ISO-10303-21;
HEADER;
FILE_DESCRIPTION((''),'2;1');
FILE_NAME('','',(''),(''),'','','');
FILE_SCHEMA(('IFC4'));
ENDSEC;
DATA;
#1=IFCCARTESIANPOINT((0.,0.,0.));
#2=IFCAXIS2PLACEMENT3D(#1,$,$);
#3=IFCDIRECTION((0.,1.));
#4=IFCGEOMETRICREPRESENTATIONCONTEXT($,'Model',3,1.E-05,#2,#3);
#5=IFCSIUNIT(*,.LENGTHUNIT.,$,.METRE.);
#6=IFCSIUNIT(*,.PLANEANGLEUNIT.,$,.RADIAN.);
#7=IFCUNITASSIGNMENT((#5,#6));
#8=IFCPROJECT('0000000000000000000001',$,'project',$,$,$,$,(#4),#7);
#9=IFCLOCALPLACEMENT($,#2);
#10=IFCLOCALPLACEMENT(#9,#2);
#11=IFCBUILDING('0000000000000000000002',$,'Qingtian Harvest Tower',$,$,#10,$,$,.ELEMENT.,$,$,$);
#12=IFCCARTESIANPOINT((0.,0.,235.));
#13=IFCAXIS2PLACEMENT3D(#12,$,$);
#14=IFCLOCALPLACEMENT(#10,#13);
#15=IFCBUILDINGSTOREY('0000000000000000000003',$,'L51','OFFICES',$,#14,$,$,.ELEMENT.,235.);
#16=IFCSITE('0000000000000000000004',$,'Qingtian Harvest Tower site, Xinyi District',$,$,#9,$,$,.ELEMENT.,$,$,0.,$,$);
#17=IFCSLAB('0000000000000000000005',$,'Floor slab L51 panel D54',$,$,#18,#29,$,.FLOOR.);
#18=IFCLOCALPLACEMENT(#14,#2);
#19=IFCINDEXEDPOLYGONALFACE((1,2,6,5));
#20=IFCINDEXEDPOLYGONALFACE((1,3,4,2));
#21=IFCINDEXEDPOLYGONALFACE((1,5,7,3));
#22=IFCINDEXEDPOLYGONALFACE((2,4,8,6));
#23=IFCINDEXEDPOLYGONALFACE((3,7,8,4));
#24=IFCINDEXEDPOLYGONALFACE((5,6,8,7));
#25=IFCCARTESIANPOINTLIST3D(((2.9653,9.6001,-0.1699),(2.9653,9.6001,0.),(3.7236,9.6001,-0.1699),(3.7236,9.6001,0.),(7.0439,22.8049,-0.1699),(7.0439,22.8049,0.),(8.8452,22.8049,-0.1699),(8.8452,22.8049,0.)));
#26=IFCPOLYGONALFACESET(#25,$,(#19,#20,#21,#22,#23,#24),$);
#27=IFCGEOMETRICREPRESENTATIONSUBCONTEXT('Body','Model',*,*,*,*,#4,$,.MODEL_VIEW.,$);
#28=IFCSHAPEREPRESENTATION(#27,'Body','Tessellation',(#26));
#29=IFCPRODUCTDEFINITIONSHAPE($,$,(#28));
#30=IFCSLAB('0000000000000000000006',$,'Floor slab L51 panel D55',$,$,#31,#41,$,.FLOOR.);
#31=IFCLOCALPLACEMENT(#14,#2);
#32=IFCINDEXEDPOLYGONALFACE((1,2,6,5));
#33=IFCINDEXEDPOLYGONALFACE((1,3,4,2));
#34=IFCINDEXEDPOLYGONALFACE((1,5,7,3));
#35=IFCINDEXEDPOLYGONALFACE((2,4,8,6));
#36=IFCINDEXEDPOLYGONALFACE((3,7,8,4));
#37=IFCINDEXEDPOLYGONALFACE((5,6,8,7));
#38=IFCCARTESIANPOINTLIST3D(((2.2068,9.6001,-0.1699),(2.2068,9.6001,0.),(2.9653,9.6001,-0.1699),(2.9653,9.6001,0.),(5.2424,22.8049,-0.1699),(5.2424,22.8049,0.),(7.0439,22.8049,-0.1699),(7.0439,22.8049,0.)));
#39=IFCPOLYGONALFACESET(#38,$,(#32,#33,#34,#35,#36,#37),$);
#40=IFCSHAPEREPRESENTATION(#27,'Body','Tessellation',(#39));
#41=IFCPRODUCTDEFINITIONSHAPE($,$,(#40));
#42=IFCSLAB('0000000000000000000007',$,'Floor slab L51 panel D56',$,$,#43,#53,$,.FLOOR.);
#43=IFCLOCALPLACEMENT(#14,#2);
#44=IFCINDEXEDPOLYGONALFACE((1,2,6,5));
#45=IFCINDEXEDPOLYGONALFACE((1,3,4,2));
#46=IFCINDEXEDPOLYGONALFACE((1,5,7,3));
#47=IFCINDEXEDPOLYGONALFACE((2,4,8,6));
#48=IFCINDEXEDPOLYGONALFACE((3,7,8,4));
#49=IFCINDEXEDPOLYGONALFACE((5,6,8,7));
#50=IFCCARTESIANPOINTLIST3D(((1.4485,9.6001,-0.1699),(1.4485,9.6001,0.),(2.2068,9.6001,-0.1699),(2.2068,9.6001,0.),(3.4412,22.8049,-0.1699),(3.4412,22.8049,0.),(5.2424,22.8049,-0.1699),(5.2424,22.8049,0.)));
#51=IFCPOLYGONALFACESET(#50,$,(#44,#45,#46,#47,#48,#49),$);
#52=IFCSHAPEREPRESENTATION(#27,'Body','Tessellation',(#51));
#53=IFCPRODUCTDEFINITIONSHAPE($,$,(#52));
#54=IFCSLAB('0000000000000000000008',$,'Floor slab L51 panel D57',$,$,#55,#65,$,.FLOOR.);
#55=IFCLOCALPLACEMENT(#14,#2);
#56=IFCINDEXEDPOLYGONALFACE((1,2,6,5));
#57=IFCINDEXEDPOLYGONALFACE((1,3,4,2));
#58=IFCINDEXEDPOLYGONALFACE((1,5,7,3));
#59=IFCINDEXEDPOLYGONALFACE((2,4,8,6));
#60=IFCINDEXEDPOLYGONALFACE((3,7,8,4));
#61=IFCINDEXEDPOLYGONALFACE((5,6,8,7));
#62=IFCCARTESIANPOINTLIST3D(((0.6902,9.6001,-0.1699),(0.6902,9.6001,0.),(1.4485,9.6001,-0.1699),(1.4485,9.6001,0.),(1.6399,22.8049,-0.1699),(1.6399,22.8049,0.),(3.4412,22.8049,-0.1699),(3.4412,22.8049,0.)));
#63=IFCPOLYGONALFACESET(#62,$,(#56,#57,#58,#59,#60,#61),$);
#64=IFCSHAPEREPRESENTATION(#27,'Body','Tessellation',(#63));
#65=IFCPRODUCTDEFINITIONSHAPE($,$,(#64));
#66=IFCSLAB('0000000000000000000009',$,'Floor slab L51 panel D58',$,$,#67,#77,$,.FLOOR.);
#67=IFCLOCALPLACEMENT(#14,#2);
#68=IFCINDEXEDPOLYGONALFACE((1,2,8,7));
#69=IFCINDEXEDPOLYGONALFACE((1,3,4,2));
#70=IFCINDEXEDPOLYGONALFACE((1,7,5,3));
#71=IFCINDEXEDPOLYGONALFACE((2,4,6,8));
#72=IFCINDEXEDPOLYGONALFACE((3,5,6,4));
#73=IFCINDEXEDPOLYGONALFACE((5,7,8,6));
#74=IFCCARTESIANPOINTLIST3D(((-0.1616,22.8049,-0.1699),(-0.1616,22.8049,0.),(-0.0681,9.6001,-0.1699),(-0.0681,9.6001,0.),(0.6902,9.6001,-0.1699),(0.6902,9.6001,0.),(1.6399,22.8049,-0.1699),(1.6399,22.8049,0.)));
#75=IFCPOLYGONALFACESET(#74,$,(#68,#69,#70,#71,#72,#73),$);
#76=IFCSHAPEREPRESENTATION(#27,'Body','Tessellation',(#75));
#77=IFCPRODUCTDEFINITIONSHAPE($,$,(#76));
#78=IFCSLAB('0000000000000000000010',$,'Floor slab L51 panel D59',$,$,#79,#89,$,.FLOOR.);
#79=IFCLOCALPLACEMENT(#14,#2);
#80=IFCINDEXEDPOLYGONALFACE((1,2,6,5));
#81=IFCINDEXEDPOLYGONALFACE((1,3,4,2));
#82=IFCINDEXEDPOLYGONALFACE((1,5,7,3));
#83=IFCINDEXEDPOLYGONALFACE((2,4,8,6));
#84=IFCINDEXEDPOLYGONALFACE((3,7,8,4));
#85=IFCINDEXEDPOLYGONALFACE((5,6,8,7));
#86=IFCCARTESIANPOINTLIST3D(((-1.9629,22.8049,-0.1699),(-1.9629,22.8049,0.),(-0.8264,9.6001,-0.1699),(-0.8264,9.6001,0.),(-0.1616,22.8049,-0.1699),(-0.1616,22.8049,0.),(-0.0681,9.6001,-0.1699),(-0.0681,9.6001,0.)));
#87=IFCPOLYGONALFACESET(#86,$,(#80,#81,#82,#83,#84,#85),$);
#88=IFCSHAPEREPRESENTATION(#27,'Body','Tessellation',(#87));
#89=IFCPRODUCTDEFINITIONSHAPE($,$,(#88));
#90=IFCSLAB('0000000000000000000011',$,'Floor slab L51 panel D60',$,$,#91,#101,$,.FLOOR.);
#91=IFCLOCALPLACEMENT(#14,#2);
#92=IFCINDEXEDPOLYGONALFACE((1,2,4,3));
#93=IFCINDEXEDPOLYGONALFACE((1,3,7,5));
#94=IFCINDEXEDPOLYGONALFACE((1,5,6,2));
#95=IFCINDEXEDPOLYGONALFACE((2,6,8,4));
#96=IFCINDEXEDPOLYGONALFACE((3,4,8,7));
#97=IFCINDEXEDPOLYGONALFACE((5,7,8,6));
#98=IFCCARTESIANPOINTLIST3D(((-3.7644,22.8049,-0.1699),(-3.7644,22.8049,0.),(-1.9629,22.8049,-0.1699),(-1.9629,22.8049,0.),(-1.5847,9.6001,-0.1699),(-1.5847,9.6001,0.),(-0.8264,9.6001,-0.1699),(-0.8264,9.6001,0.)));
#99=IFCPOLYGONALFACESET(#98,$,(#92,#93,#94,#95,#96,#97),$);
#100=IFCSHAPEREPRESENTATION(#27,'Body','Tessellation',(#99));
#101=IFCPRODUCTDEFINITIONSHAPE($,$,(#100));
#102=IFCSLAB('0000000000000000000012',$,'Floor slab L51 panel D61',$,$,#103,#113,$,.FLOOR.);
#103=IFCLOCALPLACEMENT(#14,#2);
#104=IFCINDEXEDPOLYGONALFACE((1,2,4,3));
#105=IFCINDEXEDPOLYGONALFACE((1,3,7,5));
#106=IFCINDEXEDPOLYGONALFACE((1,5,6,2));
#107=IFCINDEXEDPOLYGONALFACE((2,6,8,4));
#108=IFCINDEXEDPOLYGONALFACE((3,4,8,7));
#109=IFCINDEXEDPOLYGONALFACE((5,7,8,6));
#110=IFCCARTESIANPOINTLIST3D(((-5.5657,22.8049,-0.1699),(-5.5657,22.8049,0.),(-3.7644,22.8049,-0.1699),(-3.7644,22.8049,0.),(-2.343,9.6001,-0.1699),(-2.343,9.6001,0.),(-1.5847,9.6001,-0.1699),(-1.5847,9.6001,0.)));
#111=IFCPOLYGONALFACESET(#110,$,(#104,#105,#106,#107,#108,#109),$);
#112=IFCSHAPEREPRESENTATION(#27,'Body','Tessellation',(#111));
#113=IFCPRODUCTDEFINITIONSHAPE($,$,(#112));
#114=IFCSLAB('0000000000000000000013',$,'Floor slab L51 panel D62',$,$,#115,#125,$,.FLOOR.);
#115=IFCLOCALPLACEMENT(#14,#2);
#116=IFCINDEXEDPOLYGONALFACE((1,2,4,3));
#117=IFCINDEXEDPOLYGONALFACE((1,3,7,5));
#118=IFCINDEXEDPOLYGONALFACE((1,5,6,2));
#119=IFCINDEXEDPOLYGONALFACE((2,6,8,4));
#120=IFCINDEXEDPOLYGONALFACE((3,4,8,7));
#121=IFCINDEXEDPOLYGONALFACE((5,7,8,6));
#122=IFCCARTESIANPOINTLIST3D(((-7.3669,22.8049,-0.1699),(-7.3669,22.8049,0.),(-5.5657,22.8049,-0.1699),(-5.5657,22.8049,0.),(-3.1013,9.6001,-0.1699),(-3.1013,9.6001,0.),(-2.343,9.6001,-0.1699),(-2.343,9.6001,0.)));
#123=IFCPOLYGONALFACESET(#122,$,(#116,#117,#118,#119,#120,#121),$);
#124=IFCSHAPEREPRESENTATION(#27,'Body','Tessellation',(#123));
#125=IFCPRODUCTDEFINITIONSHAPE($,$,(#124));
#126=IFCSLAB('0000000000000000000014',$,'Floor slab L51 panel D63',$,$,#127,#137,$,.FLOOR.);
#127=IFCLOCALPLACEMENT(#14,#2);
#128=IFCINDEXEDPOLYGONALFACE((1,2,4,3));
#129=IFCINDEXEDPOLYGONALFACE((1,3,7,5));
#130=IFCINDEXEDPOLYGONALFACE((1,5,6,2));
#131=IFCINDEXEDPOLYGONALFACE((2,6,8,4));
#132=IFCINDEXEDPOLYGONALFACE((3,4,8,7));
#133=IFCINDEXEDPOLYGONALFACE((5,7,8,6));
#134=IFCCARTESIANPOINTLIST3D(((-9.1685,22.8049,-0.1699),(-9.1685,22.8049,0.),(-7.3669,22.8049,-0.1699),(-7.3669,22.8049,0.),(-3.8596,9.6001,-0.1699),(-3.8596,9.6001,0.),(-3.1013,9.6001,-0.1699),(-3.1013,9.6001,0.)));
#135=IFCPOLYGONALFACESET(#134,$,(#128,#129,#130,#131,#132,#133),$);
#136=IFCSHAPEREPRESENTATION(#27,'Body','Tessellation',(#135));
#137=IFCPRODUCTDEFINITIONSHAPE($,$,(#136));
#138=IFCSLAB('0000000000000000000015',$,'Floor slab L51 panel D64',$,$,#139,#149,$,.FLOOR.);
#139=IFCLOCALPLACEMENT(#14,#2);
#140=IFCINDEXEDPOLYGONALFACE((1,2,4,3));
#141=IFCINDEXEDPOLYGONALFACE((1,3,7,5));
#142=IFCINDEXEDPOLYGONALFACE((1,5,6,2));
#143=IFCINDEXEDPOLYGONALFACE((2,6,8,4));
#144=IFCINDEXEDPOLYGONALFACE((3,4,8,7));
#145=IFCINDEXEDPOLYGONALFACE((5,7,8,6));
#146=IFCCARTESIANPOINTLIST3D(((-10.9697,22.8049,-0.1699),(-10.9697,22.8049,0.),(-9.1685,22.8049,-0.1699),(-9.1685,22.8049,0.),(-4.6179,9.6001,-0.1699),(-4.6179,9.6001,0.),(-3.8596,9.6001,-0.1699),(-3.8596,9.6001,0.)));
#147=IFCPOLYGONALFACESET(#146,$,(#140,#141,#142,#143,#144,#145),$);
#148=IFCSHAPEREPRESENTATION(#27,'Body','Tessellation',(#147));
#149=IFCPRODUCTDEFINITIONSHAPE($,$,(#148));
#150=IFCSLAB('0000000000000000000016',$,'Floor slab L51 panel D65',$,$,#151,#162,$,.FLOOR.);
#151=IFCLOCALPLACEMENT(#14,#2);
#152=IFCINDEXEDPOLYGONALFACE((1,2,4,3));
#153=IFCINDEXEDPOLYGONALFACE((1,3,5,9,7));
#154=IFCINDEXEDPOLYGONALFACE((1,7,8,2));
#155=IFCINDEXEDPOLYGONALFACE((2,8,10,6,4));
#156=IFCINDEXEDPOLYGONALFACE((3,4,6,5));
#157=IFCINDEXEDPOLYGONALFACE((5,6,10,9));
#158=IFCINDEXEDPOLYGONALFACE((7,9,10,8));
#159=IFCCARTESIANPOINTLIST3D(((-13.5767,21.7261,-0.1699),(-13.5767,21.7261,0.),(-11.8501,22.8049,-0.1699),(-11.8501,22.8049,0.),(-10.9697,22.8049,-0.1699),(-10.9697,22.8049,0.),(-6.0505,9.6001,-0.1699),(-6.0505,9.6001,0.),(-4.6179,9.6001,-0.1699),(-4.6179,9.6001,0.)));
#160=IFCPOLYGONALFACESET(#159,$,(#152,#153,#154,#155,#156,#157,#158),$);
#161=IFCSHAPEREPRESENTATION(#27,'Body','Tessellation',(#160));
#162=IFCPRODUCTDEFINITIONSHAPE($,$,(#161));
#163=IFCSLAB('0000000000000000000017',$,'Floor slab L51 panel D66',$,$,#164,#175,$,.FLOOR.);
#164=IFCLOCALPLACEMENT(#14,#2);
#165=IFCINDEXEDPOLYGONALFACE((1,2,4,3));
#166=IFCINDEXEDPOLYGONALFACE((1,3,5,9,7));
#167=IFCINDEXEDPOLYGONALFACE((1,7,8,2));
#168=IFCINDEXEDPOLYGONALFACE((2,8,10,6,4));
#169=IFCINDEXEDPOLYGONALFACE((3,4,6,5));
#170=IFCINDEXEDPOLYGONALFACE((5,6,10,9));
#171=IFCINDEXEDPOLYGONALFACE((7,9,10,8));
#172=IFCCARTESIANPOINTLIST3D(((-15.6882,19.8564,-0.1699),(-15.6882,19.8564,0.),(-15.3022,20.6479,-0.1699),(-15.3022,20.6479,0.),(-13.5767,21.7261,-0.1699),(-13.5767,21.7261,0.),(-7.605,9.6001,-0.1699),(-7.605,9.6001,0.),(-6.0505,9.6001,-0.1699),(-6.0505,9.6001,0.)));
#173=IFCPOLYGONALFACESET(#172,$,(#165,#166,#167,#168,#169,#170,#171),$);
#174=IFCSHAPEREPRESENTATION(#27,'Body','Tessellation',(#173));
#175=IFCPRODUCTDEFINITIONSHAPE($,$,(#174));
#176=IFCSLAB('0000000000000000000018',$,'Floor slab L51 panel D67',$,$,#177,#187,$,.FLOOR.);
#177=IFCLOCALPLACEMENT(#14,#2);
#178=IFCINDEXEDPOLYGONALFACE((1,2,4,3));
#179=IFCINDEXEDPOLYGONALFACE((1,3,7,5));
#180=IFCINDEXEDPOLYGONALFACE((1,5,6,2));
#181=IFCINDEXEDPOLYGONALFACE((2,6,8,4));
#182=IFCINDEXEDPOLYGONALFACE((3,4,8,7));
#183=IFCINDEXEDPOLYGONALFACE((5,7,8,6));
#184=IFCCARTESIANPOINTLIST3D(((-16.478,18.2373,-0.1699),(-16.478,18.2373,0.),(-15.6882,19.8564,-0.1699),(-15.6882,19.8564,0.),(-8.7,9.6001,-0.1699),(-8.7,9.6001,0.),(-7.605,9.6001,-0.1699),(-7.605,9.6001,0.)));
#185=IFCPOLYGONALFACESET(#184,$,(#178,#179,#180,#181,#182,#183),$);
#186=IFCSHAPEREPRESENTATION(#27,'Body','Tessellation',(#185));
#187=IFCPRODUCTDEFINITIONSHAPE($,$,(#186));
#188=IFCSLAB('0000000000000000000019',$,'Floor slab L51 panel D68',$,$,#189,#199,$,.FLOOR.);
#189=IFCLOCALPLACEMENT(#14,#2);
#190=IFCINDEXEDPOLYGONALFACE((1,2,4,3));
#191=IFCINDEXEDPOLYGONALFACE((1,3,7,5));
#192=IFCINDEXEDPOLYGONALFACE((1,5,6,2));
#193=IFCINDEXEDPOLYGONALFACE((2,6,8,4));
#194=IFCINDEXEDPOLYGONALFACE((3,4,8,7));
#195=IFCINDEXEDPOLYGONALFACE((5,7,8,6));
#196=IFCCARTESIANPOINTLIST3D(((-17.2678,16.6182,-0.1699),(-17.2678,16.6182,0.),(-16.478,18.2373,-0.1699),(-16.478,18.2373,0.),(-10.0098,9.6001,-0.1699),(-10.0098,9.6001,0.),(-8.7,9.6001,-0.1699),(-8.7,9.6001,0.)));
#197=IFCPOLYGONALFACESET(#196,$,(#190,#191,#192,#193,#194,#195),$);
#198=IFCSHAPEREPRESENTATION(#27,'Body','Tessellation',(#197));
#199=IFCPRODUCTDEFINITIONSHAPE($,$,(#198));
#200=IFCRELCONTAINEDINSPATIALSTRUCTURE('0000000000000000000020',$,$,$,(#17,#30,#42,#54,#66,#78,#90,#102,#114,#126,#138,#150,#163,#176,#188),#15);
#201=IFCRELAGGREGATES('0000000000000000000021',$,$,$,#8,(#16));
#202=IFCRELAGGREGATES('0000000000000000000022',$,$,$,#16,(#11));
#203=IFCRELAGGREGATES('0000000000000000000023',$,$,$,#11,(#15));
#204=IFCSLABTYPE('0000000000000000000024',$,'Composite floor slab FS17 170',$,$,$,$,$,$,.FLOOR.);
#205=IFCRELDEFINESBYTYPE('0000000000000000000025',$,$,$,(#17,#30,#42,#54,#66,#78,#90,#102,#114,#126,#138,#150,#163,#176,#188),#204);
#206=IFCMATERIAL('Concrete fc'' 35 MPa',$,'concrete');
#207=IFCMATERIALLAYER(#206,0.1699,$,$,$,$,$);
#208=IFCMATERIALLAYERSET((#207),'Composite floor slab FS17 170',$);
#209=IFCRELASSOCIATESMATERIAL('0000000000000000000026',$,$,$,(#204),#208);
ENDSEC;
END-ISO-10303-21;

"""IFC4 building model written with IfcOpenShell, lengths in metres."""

from ifc_helpers import new_model, si_unit, direction, frame, origin, place, context, subcontext, project, spatial, polyline, outline, extrude, material, layer, layer_set, type_object, element, save


model = new_model("IFC4")

# Units and contexts
model_context = context("Model", 3, precision=1e-05, world=origin(), true_north=direction((0.0, 1.0)))
body_context = subcontext(model_context, "Body", "Model", "MODEL_VIEW")
ifc_project = project(units=[si_unit("LENGTHUNIT", "METRE"), si_unit("PLANEANGLEUNIT", "RADIAN")], contexts=[model_context])

# Site, building, storey
site_placement = place(None, origin())
site = spatial("IfcSite", under=ifc_project, at=site_placement, Name="Qingtian Harvest Tower site, Xinyi District", CompositionType="ELEMENT", RefElevation=0.0)
building_placement = place(site_placement, origin())
building = spatial("IfcBuilding", under=site, at=building_placement, Name="Qingtian Harvest Tower", CompositionType="ELEMENT")
storey_placement = place(building_placement, frame((0.0, 0.0, 235.0)))
storey = spatial("IfcBuildingStorey", under=building, at=storey_placement, Name="L51", Description="OFFICES", CompositionType="ELEMENT", Elevation=235.0)

# Slabs
ifc_material_1 = material(Name="Concrete fc' 35 MPa", Category="concrete")
ifc_layer_1 = layer(ifc_material_1, 0.1699)
ifc_layer_set_1 = layer_set([ifc_layer_1], Name="Composite floor slab FS17 170")
slab_type = type_object("IfcSlabType", Name="Composite floor slab FS17 170", PredefinedType="FLOOR", material=ifc_layer_set_1)
slab_1_placement = place(storey_placement, frame((0.0, 0.0, -0.1699)))
element("IfcSlab", 1, at=slab_1_placement, inside=storey, type_object=slab_type, Name="Floor slab L51 panel D54", PredefinedType="FLOOR", context=body_context, shape_type="SweptSolid", body=[
    extrude(outline(polyline([(2.9653, 9.6001), (7.0439, 22.8049), (8.8452, 22.8049), (3.7236, 9.6001), (2.9653, 9.6001)])), origin(), (0.0, 0.0, 1.0), 0.1699),
])
slab_2_placement = place(storey_placement, frame((0.0, 0.0, -0.1699)))
element("IfcSlab", 2, at=slab_2_placement, inside=storey, type_object=slab_type, Name="Floor slab L51 panel D55", PredefinedType="FLOOR", context=body_context, shape_type="SweptSolid", body=[
    extrude(outline(polyline([(2.2068, 9.6001), (5.2424, 22.8049), (7.0439, 22.8049), (2.9653, 9.6001), (2.2068, 9.6001)])), origin(), (0.0, 0.0, 1.0), 0.1699),
])
slab_3_placement = place(storey_placement, frame((0.0, 0.0, -0.1699)))
element("IfcSlab", 3, at=slab_3_placement, inside=storey, type_object=slab_type, Name="Floor slab L51 panel D56", PredefinedType="FLOOR", context=body_context, shape_type="SweptSolid", body=[
    extrude(outline(polyline([(1.4485, 9.6001), (3.4412, 22.8049), (5.2424, 22.8049), (2.2068, 9.6001), (1.4485, 9.6001)])), origin(), (0.0, 0.0, 1.0), 0.1699),
])
slab_4_placement = place(storey_placement, frame((0.0, 0.0, -0.1699)))
element("IfcSlab", 4, at=slab_4_placement, inside=storey, type_object=slab_type, Name="Floor slab L51 panel D57", PredefinedType="FLOOR", context=body_context, shape_type="SweptSolid", body=[
    extrude(outline(polyline([(0.6902, 9.6001), (1.6399, 22.8049), (3.4412, 22.8049), (1.4485, 9.6001), (0.6902, 9.6001)])), origin(), (0.0, 0.0, 1.0), 0.1699),
])
slab_5_placement = place(storey_placement, frame((0.0, 0.0, -0.1699)))
element("IfcSlab", 5, at=slab_5_placement, inside=storey, type_object=slab_type, Name="Floor slab L51 panel D58", PredefinedType="FLOOR", context=body_context, shape_type="SweptSolid", body=[
    extrude(outline(polyline([(-0.0681, 9.6001), (-0.1616, 22.8049), (1.6399, 22.8049), (0.6902, 9.6001), (-0.0681, 9.6001)])), origin(), (0.0, 0.0, 1.0), 0.1699),
])
slab_6_placement = place(storey_placement, frame((0.0, 0.0, -0.1699)))
element("IfcSlab", 6, at=slab_6_placement, inside=storey, type_object=slab_type, Name="Floor slab L51 panel D59", PredefinedType="FLOOR", context=body_context, shape_type="SweptSolid", body=[
    extrude(outline(polyline([(-0.8264, 9.6001), (-1.9629, 22.8049), (-0.1616, 22.8049), (-0.0681, 9.6001), (-0.8264, 9.6001)])), origin(), (0.0, 0.0, 1.0), 0.1699),
])
slab_7_placement = place(storey_placement, frame((0.0, 0.0, -0.1699)))
element("IfcSlab", 7, at=slab_7_placement, inside=storey, type_object=slab_type, Name="Floor slab L51 panel D60", PredefinedType="FLOOR", context=body_context, shape_type="SweptSolid", body=[
    extrude(outline(polyline([(-1.5847, 9.6001), (-3.7644, 22.8049), (-1.9629, 22.8049), (-0.8264, 9.6001), (-1.5847, 9.6001)])), origin(), (0.0, 0.0, 1.0), 0.1699),
])
slab_8_placement = place(storey_placement, frame((0.0, 0.0, -0.1699)))
element("IfcSlab", 8, at=slab_8_placement, inside=storey, type_object=slab_type, Name="Floor slab L51 panel D61", PredefinedType="FLOOR", context=body_context, shape_type="SweptSolid", body=[
    extrude(outline(polyline([(-2.343, 9.6001), (-5.5657, 22.8049), (-3.7644, 22.8049), (-1.5847, 9.6001), (-2.343, 9.6001)])), origin(), (0.0, 0.0, 1.0), 0.1699),
])
slab_9_placement = place(storey_placement, frame((0.0, 0.0, -0.1699)))
element("IfcSlab", 9, at=slab_9_placement, inside=storey, type_object=slab_type, Name="Floor slab L51 panel D62", PredefinedType="FLOOR", context=body_context, shape_type="SweptSolid", body=[
    extrude(outline(polyline([(-3.1013, 9.6001), (-7.3669, 22.8049), (-5.5657, 22.8049), (-2.343, 9.6001), (-3.1013, 9.6001)])), origin(), (0.0, 0.0, 1.0), 0.1699),
])
slab_10_placement = place(storey_placement, frame((0.0, 0.0, -0.1699)))
element("IfcSlab", 10, at=slab_10_placement, inside=storey, type_object=slab_type, Name="Floor slab L51 panel D63", PredefinedType="FLOOR", context=body_context, shape_type="SweptSolid", body=[
    extrude(outline(polyline([(-3.8596, 9.6001), (-9.1685, 22.8049), (-7.3669, 22.8049), (-3.1013, 9.6001), (-3.8596, 9.6001)])), origin(), (0.0, 0.0, 1.0), 0.1699),
])
slab_11_placement = place(storey_placement, frame((0.0, 0.0, -0.1699)))
element("IfcSlab", 11, at=slab_11_placement, inside=storey, type_object=slab_type, Name="Floor slab L51 panel D64", PredefinedType="FLOOR", context=body_context, shape_type="SweptSolid", body=[
    extrude(outline(polyline([(-4.6179, 9.6001), (-10.9697, 22.8049), (-9.1685, 22.8049), (-3.8596, 9.6001), (-4.6179, 9.6001)])), origin(), (0.0, 0.0, 1.0), 0.1699),
])
slab_12_placement = place(storey_placement, frame((0.0, 0.0, -0.1699)))
element("IfcSlab", 12, at=slab_12_placement, inside=storey, type_object=slab_type, Name="Floor slab L51 panel D65", PredefinedType="FLOOR", context=body_context, shape_type="SweptSolid", body=[
    extrude(outline(polyline([(-4.6179, 9.6001), (-6.0505, 9.6001), (-13.5767, 21.7261), (-11.8501, 22.8049), (-10.9697, 22.8049), (-4.6179, 9.6001)])), origin(), (0.0, 0.0, 1.0), 0.1699),
])
slab_13_placement = place(storey_placement, frame((0.0, 0.0, -0.1699)))
element("IfcSlab", 13, at=slab_13_placement, inside=storey, type_object=slab_type, Name="Floor slab L51 panel D66", PredefinedType="FLOOR", context=body_context, shape_type="SweptSolid", body=[
    extrude(outline(polyline([(-6.0505, 9.6001), (-7.605, 9.6001), (-15.6882, 19.8564), (-15.3022, 20.6479), (-13.5767, 21.7261), (-6.0505, 9.6001)])), origin(), (0.0, 0.0, 1.0), 0.1699),
])
slab_14_placement = place(storey_placement, frame((0.0, 0.0, -0.1699)))
element("IfcSlab", 14, at=slab_14_placement, inside=storey, type_object=slab_type, Name="Floor slab L51 panel D67", PredefinedType="FLOOR", context=body_context, shape_type="SweptSolid", body=[
    extrude(outline(polyline([(-8.7, 9.6001), (-16.478, 18.2373), (-15.6882, 19.8564), (-7.605, 9.6001), (-8.7, 9.6001)])), origin(), (0.0, 0.0, 1.0), 0.1699),
])
slab_15_placement = place(storey_placement, frame((0.0, 0.0, -0.1699)))
element("IfcSlab", 15, at=slab_15_placement, inside=storey, type_object=slab_type, Name="Floor slab L51 panel D68", PredefinedType="FLOOR", context=body_context, shape_type="SweptSolid", body=[
    extrude(outline(polyline([(-10.0098, 9.6001), (-17.2678, 16.6182), (-16.478, 18.2373), (-8.7, 9.6001), (-10.0098, 9.6001)])), origin(), (0.0, 0.0, 1.0), 0.1699),
])

save(model, "model.ifc")
